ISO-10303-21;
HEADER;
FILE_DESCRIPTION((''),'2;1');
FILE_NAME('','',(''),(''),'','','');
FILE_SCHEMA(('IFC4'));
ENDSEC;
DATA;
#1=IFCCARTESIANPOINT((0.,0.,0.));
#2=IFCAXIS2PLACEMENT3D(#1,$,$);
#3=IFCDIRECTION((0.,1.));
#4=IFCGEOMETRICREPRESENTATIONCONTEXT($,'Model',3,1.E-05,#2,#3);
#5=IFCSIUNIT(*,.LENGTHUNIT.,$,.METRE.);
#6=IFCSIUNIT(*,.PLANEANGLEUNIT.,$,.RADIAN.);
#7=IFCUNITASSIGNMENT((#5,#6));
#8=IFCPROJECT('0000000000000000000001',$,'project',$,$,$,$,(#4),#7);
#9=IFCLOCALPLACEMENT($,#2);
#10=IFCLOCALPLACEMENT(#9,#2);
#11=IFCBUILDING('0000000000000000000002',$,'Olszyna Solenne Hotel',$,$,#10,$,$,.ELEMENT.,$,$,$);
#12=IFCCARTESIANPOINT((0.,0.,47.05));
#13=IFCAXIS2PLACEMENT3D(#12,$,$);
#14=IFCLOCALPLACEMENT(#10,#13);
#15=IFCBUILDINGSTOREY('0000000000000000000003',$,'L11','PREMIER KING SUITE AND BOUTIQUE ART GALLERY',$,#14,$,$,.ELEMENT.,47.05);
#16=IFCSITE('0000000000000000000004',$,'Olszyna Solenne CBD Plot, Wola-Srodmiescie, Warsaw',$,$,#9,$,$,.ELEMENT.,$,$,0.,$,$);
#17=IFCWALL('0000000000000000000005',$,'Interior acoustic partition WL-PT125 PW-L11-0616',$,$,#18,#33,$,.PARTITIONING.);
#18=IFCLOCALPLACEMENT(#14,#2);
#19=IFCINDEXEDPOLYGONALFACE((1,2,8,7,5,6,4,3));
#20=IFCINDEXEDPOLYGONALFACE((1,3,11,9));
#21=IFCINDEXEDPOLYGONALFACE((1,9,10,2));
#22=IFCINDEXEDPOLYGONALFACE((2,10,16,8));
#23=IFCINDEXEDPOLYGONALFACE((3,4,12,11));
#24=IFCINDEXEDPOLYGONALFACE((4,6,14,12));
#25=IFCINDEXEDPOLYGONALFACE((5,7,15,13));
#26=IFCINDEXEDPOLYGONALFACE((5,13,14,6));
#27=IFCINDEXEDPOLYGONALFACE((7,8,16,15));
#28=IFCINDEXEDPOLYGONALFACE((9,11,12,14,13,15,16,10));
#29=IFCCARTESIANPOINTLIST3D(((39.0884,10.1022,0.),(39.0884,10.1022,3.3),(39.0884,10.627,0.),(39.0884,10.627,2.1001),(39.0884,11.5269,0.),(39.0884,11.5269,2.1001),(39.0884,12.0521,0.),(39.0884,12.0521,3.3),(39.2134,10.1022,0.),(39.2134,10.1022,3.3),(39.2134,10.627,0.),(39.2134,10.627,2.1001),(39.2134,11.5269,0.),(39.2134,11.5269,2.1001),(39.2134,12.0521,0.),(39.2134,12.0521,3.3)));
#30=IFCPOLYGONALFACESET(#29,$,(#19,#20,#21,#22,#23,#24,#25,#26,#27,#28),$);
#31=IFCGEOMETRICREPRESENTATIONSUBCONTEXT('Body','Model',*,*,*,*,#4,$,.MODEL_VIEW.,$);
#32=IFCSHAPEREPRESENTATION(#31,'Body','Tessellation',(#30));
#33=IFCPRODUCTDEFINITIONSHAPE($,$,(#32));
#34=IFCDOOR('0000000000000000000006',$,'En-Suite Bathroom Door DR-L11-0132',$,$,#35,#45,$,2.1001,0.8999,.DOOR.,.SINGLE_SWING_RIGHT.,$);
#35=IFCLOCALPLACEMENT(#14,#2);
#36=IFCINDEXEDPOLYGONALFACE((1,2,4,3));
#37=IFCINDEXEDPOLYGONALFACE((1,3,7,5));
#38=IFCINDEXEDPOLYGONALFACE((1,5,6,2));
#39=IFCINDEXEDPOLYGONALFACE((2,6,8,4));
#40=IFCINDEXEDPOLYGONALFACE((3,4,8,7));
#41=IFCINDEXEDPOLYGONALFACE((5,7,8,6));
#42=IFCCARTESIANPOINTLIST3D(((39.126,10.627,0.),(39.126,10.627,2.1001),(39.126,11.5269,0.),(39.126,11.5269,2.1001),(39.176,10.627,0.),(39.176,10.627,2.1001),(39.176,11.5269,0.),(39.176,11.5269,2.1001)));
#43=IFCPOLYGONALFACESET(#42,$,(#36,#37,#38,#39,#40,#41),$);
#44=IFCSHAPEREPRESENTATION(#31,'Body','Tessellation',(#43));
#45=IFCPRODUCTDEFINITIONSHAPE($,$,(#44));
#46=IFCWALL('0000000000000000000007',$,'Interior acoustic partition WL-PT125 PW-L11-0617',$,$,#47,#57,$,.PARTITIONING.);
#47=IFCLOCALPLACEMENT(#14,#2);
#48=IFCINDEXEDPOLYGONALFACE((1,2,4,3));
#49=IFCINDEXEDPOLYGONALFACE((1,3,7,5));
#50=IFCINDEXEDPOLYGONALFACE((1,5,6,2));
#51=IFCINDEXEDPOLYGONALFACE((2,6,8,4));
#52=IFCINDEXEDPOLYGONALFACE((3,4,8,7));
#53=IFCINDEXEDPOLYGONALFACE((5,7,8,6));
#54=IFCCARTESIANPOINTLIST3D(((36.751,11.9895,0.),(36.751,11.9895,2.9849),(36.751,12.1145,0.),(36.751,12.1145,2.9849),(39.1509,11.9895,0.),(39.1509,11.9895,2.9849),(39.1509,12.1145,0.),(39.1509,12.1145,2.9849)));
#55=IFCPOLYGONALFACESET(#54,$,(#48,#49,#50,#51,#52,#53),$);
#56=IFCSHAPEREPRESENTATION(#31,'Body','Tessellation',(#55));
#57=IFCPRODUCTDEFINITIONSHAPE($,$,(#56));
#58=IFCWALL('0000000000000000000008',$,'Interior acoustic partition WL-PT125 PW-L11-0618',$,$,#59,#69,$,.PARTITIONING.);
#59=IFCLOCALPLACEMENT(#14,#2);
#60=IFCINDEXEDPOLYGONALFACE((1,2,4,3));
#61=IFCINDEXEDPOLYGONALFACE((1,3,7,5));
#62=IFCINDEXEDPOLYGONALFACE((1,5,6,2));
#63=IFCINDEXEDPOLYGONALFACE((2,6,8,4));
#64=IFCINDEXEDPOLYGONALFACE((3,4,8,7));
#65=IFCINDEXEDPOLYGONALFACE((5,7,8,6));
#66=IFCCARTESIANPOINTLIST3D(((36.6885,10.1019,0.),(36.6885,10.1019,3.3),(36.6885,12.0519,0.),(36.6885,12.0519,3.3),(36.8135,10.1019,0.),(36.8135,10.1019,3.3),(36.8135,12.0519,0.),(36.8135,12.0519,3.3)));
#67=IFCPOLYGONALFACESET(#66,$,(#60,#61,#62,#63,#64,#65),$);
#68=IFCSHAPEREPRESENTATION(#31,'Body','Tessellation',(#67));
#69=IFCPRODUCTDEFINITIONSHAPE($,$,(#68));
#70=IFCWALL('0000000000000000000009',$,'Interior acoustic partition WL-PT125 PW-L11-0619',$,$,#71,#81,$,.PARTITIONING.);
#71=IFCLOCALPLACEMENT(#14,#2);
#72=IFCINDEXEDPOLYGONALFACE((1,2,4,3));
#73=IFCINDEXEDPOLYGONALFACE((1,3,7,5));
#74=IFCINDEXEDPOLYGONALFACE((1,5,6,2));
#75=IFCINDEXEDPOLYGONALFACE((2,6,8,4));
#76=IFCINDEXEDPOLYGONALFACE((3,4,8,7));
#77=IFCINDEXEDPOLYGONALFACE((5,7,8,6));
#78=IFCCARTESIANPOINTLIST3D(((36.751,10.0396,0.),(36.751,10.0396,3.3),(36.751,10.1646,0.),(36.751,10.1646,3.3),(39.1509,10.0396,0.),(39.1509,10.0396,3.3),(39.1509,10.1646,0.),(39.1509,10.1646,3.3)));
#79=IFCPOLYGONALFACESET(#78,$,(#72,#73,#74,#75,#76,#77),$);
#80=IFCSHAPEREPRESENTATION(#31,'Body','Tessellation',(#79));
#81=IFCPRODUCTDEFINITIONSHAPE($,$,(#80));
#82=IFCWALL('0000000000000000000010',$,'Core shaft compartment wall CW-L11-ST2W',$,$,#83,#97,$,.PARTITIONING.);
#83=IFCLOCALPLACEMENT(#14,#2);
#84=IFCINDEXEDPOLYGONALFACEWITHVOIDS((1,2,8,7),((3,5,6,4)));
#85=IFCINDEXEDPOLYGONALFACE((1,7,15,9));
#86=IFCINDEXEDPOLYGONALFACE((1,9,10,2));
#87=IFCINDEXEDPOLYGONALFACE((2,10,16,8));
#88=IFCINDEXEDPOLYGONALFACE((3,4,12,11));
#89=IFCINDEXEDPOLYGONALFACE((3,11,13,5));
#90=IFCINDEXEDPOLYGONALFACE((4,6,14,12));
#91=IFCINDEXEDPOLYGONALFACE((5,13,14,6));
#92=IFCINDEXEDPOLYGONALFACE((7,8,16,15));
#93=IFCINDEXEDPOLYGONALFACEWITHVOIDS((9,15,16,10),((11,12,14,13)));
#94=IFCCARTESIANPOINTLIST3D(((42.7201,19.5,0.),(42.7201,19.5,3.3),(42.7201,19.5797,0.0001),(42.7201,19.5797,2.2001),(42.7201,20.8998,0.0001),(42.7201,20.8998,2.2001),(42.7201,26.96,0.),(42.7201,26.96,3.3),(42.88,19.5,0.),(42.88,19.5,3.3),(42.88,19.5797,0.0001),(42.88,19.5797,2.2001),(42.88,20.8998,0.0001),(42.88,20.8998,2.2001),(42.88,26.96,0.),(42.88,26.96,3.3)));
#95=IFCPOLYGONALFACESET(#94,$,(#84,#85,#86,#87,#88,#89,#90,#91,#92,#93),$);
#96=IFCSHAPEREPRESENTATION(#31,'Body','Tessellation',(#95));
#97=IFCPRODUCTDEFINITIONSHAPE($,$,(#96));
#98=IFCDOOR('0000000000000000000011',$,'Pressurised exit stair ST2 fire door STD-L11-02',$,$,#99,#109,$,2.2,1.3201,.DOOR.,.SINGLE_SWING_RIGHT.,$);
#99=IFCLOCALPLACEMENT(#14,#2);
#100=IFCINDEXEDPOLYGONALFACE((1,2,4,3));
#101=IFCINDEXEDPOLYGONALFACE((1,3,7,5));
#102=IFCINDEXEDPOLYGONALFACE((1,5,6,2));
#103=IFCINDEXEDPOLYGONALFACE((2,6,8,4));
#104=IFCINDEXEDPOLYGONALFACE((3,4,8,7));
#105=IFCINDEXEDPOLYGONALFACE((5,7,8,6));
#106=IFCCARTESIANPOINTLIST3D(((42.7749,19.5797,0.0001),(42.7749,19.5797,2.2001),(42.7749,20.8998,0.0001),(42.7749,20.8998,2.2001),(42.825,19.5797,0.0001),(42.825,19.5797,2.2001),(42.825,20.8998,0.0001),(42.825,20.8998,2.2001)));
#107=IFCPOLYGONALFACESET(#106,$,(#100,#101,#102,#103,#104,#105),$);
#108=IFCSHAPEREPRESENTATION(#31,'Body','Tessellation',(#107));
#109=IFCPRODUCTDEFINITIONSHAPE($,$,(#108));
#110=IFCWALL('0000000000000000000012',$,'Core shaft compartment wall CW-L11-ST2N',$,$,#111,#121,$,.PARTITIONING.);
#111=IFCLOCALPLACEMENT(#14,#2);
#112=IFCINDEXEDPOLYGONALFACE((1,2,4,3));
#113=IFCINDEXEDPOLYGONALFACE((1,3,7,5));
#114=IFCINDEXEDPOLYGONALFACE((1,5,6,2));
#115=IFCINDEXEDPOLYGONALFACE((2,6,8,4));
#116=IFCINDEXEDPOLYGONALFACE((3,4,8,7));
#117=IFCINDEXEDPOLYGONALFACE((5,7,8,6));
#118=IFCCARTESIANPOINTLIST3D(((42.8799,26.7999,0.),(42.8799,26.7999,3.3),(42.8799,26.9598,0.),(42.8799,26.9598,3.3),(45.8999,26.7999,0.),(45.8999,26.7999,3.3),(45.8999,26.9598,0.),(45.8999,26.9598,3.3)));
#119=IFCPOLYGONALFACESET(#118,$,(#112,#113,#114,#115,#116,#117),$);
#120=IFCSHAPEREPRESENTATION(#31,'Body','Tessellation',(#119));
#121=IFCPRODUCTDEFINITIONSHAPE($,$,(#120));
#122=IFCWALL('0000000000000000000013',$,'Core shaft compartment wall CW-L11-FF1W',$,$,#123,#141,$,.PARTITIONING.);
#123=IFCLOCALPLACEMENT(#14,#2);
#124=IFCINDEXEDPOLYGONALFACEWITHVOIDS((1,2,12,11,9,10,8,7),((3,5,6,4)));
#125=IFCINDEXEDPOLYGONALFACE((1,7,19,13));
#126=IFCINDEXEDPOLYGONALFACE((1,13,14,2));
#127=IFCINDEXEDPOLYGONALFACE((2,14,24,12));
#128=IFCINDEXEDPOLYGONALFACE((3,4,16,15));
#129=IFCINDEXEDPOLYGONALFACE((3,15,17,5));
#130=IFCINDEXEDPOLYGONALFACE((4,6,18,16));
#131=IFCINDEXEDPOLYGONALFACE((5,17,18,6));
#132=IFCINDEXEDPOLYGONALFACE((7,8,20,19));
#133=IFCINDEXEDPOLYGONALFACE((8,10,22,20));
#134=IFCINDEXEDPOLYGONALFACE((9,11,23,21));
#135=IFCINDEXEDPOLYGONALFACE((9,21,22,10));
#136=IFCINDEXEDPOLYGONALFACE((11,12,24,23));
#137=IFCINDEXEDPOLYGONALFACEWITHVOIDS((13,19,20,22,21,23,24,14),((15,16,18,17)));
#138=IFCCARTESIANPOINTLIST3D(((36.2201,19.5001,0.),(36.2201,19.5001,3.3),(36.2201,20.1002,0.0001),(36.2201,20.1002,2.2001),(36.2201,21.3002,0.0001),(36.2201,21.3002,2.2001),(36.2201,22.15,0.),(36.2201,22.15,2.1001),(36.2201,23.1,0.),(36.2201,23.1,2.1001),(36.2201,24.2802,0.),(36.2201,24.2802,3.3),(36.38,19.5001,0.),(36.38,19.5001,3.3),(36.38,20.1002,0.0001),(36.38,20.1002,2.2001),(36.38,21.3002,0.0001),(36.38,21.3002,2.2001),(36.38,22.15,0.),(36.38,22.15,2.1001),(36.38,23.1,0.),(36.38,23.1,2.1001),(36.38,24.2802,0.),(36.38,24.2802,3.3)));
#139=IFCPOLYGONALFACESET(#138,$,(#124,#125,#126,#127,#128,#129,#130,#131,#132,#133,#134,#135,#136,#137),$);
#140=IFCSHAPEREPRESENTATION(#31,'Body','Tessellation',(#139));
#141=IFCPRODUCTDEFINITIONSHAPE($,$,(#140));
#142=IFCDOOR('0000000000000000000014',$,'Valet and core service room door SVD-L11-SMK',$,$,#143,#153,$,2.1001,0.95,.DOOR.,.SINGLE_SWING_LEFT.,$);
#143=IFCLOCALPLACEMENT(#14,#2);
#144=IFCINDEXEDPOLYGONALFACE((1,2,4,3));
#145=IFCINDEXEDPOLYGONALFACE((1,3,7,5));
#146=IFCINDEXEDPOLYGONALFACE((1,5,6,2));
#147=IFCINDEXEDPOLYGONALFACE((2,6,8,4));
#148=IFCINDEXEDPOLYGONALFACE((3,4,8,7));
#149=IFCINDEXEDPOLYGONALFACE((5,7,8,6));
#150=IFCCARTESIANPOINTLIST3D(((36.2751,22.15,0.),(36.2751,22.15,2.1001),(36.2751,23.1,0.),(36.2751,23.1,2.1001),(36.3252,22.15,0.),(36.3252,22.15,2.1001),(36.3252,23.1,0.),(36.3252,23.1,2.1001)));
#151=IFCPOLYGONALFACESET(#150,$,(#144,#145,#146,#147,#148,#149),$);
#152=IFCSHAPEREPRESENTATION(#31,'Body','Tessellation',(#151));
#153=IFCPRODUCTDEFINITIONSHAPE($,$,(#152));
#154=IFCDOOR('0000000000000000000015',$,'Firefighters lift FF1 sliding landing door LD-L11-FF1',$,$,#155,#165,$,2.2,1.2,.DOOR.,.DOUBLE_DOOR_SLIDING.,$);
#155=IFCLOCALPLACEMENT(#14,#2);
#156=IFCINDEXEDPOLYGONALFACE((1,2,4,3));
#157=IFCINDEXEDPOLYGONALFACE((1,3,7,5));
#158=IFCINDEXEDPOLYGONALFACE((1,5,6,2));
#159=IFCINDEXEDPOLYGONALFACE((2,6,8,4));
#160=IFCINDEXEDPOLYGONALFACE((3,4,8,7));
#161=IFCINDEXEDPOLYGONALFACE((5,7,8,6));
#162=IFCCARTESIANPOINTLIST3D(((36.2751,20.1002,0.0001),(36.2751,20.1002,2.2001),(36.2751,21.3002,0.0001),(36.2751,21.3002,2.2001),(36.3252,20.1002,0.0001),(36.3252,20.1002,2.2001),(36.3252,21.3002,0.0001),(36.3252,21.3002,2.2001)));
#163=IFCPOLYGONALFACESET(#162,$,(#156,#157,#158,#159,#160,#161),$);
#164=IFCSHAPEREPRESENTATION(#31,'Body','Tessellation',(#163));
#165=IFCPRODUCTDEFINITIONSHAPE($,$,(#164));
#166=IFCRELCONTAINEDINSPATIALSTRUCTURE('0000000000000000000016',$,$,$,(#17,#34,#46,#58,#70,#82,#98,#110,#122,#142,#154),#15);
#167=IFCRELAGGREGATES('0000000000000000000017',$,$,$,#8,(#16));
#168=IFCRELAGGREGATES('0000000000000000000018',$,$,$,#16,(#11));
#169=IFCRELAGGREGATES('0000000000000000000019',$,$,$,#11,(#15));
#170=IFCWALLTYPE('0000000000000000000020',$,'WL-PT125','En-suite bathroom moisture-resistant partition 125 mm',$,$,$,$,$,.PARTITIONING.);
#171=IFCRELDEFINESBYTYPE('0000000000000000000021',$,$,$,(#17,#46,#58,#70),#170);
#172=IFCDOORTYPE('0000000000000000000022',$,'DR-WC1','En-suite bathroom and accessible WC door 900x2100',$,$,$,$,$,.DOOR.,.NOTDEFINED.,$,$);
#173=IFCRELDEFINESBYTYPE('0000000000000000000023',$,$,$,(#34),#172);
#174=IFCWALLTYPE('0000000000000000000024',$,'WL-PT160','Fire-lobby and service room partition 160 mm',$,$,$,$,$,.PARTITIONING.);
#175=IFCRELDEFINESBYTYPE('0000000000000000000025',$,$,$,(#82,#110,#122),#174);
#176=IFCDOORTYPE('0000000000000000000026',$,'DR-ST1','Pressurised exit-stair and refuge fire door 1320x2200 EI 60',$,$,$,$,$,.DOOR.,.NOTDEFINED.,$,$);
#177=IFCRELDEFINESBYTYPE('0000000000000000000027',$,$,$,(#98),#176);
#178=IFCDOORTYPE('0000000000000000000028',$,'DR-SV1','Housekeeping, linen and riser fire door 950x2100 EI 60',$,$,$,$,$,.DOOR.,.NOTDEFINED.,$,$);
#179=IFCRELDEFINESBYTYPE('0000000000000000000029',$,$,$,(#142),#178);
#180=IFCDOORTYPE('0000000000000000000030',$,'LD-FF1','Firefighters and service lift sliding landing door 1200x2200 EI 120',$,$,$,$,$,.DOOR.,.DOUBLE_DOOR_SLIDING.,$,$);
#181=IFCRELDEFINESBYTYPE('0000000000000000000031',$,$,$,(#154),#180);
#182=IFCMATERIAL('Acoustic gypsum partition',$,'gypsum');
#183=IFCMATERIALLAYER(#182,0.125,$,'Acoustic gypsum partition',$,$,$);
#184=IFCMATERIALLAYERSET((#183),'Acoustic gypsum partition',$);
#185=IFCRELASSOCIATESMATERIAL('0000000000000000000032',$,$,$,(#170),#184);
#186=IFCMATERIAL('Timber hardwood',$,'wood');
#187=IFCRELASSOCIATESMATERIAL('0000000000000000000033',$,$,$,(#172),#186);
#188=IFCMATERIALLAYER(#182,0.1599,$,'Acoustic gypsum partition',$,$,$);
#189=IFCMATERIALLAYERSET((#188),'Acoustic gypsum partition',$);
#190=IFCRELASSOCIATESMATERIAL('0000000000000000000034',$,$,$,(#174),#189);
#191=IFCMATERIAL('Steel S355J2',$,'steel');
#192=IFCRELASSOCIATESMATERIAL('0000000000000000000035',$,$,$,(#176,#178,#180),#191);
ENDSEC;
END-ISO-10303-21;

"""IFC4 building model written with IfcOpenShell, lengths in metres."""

from ifc_helpers import new_model, si_unit, direction, frame, frame_2d, origin, place, context, subcontext, project, spatial, rectangle, extrude, source, transform, mapped, material, layer, layer_set, type_object, type_shapes, element, fill, save


model = new_model("IFC4")

# Units and contexts
model_context = context("Model", 3, precision=1e-05, world=origin(), true_north=direction((0.0, 1.0)))
body_context = subcontext(model_context, "Body", "Model", "MODEL_VIEW")
ifc_project = project(units=[si_unit("LENGTHUNIT", "METRE"), si_unit("PLANEANGLEUNIT", "RADIAN")], contexts=[model_context])

# Site, building, storey
site_placement = place(None, origin())
site = spatial("IfcSite", under=ifc_project, at=site_placement, Name="Olszyna Solenne CBD Plot, Wola-Srodmiescie, Warsaw", CompositionType="ELEMENT", RefElevation=0.0)
building_placement = place(site_placement, origin())
building = spatial("IfcBuilding", under=site, at=building_placement, Name="Olszyna Solenne Hotel", CompositionType="ELEMENT")
storey_placement = place(building_placement, frame((0.0, 0.0, 47.05)))
storey = spatial("IfcBuildingStorey", under=building, at=storey_placement, Name="L11", Description="PREMIER KING SUITE AND BOUTIQUE ART GALLERY", CompositionType="ELEMENT", Elevation=47.05)

# Shared definitions
ifc_material_1 = material(Name="Steel S355J2", Category="steel")

# Shared definitions
ifc_material_2 = material(Name="Acoustic gypsum partition", Category="gypsum")
ifc_layer_1 = layer(ifc_material_2, 0.125, Name="Acoustic gypsum partition")
ifc_layer_set_1 = layer_set([ifc_layer_1], Name="Acoustic gypsum partition")
wall_type_1 = type_object("IfcWallType", Name="WL-PT125", Description="En-suite bathroom moisture-resistant partition 125 mm", PredefinedType="PARTITIONING", material=ifc_layer_set_1)

# Shared definitions
ifc_material_3 = material(Name="Timber hardwood", Category="wood")
door_type_1 = type_object("IfcDoorType", Name="DR-WC1", Description="En-suite bathroom and accessible WC door 900x2100", OperationType="NOTDEFINED", PredefinedType="DOOR", material=ifc_material_3)
shared_shape_1 = source(origin(), body_context, "Body", "SweptSolid", [
    extrude(rectangle(XDim=0.8999, YDim=2.1001, at=frame_2d((0.45, 1.05))), frame((0.0, 0.0249, 0.0), z_axis=(0.0, -1.0, 0.0), x_axis=(1.0, 0.0, 0.0)), (0.0, 0.0, 1.0), 0.05),
])
type_shapes(door_type_1, [shared_shape_1])

# Wall, opening, door
wall_1_placement = place(storey_placement, frame((39.1509, 10.1021, 0.0), z_axis=(0.0, 0.0, 1.0), x_axis=(0.0, 1.0, 0.0)))
wall_1 = element("IfcWall", 1, at=wall_1_placement, inside=storey, type_object=wall_type_1, Name="Interior acoustic partition WL-PT125 PW-L11-0616", PredefinedType="PARTITIONING", context=body_context, shape_type="SweptSolid", body=[
    extrude(rectangle(XDim=1.95, YDim=0.125, at=frame_2d((0.9751, 0.0))), origin(), (0.0, 0.0, 1.0), 3.3),
])
opening_1_placement = place(wall_1_placement, frame((0.5249, 0.0, 0.0)))
opening_1 = element("IfcOpeningElement", 2, at=opening_1_placement, cuts=wall_1, PredefinedType="OPENING", context=body_context, shape_type="SweptSolid", body=[
    extrude(rectangle(XDim=0.8999, YDim=2.1001, at=frame_2d((0.45, 1.05))), frame((0.0, 0.0725, 0.0), z_axis=(0.0, -1.0, 0.0), x_axis=(1.0, 0.0, 0.0)), (0.0, 0.0, 1.0), 0.145),
])
door_1_placement = place(opening_1_placement, origin())
door_1 = element("IfcDoor", 3, at=door_1_placement, inside=storey, type_object=door_type_1, Name="En-Suite Bathroom Door DR-L11-0132", OperationType="SINGLE_SWING_RIGHT", OverallHeight=2.1001, OverallWidth=0.8999, PredefinedType="DOOR", context=body_context, shape_type="MappedRepresentation", body=[
    mapped(shared_shape_1, transform((0.0, 0.0, 0.0), x_axis=(1.0, 0.0, 0.0), y_axis=(0.0, 1.0, 0.0), z_axis=(0.0, 0.0, 1.0), scale=1.0)),
])
fill(opening_1, door_1)

# Walls
wall_2_placement = place(storey_placement, frame((39.1509, 12.052, 0.0), z_axis=(0.0, 0.0, 1.0), x_axis=(-1.0, 0.0, 0.0)))
element("IfcWall", 4, at=wall_2_placement, inside=storey, type_object=wall_type_1, Name="Interior acoustic partition WL-PT125 PW-L11-0617", PredefinedType="PARTITIONING", context=body_context, shape_type="SweptSolid", body=[
    extrude(rectangle(XDim=2.3999, YDim=0.125, at=frame_2d((1.2, 0.0))), origin(), (0.0, 0.0, 1.0), 2.9849),
])
wall_3_placement = place(storey_placement, frame((36.751, 12.052, 0.0), z_axis=(0.0, 0.0, 1.0), x_axis=(0.0, -1.0, 0.0)))
element("IfcWall", 5, at=wall_3_placement, inside=storey, type_object=wall_type_1, Name="Interior acoustic partition WL-PT125 PW-L11-0618", PredefinedType="PARTITIONING", context=body_context, shape_type="SweptSolid", body=[
    extrude(rectangle(XDim=1.95, YDim=0.125, at=frame_2d((0.9751, 0.0))), origin(), (0.0, 0.0, 1.0), 3.3),
])
wall_4_placement = place(storey_placement, frame((36.751, 10.1021, 0.0), z_axis=(0.0, 0.0, 1.0), x_axis=(1.0, 0.0, 0.0)))
element("IfcWall", 6, at=wall_4_placement, inside=storey, type_object=wall_type_1, Name="Interior acoustic partition WL-PT125 PW-L11-0619", PredefinedType="PARTITIONING", context=body_context, shape_type="SweptSolid", body=[
    extrude(rectangle(XDim=2.3999, YDim=0.125, at=frame_2d((1.2, 0.0))), origin(), (0.0, 0.0, 1.0), 3.3),
])

# Wall, opening, door
ifc_layer_2 = layer(ifc_material_2, 0.1599, Name="Acoustic gypsum partition")
ifc_layer_set_2 = layer_set([ifc_layer_2], Name="Acoustic gypsum partition")
wall_type_2 = type_object("IfcWallType", Name="WL-PT160", Description="Fire-lobby and service room partition 160 mm", PredefinedType="PARTITIONING", material=ifc_layer_set_2)
wall_5_placement = place(storey_placement, frame((42.8, 26.96, 0.0), z_axis=(0.0, 0.0, 1.0), x_axis=(0.0, -1.0, 0.0)))
wall_5 = element("IfcWall", 7, at=wall_5_placement, inside=storey, type_object=wall_type_2, Name="Core shaft compartment wall CW-L11-ST2W", PredefinedType="PARTITIONING", context=body_context, shape_type="SweptSolid", body=[
    extrude(rectangle(XDim=7.46, YDim=0.1599, at=frame_2d((3.73, 0.0))), origin(), (0.0, 0.0, 1.0), 3.3),
])
opening_2_placement = place(wall_5_placement, frame((6.0601, 0.0, 0.0)))
opening_2 = element("IfcOpeningElement", 8, at=opening_2_placement, cuts=wall_5, PredefinedType="OPENING", context=body_context, shape_type="SweptSolid", body=[
    extrude(rectangle(XDim=1.3201, YDim=2.2, at=frame_2d((0.6602, 1.1001))), frame((0.0, 0.0898, 0.0), z_axis=(0.0, -1.0, 0.0), x_axis=(1.0, 0.0, 0.0)), (0.0, 0.0, 1.0), 0.1799),
])
door_type_2 = type_object("IfcDoorType", Name="DR-ST1", Description="Pressurised exit-stair and refuge fire door 1320x2200 EI 60", OperationType="NOTDEFINED", PredefinedType="DOOR", material=ifc_material_1)
shared_shape_2 = source(origin(), body_context, "Body", "SweptSolid", [
    extrude(rectangle(XDim=1.3201, YDim=2.2, at=frame_2d((0.6602, 1.1001))), frame((0.0, 0.0249, 0.0), z_axis=(0.0, -1.0, 0.0), x_axis=(1.0, 0.0, 0.0)), (0.0, 0.0, 1.0), 0.05),
])
type_shapes(door_type_2, [shared_shape_2])
door_2_placement = place(opening_2_placement, origin())
door_2 = element("IfcDoor", 9, at=door_2_placement, inside=storey, type_object=door_type_2, Name="Pressurised exit stair ST2 fire door STD-L11-02", OperationType="SINGLE_SWING_RIGHT", OverallHeight=2.2, OverallWidth=1.3201, PredefinedType="DOOR", context=body_context, shape_type="MappedRepresentation", body=[
    mapped(shared_shape_2, transform((0.0, 0.0, 0.0), x_axis=(1.0, 0.0, 0.0), y_axis=(0.0, 1.0, 0.0), z_axis=(0.0, 0.0, 1.0), scale=1.0)),
])
fill(opening_2, door_2)

# Wall
wall_6_placement = place(storey_placement, frame((42.8799, 26.8799, 0.0), z_axis=(0.0, 0.0, 1.0), x_axis=(1.0, 0.0, 0.0)))
element("IfcWall", 10, at=wall_6_placement, inside=storey, type_object=wall_type_2, Name="Core shaft compartment wall CW-L11-ST2N", PredefinedType="PARTITIONING", context=body_context, shape_type="SweptSolid", body=[
    extrude(rectangle(XDim=3.02, YDim=0.1599, at=frame_2d((1.51, 0.0))), origin(), (0.0, 0.0, 1.0), 3.3),
])

# Wall, openings, doors
wall_7_placement = place(storey_placement, frame((36.3, 19.5, 0.0), z_axis=(0.0, 0.0, 1.0), x_axis=(0.0, 1.0, 0.0)))
wall_7 = element("IfcWall", 11, at=wall_7_placement, inside=storey, type_object=wall_type_2, Name="Core shaft compartment wall CW-L11-FF1W", PredefinedType="PARTITIONING", context=body_context, shape_type="SweptSolid", body=[
    extrude(rectangle(XDim=4.78, YDim=0.1599, at=frame_2d((2.3901, 0.0))), origin(), (0.0, 0.0, 1.0), 3.3),
])
opening_3_placement = place(wall_7_placement, frame((0.6001, 0.0, 0.0)))
opening_3 = element("IfcOpeningElement", 12, at=opening_3_placement, cuts=wall_7, PredefinedType="OPENING", context=body_context, shape_type="SweptSolid", body=[
    extrude(rectangle(XDim=1.2, YDim=2.2, at=frame_2d((0.6001, 1.1001))), frame((0.0, 0.0898, 0.0), z_axis=(0.0, -1.0, 0.0), x_axis=(1.0, 0.0, 0.0)), (0.0, 0.0, 1.0), 0.1799),
])
opening_4_placement = place(wall_7_placement, frame((2.6499, 0.0, 0.0)))
opening_4 = element("IfcOpeningElement", 13, at=opening_4_placement, cuts=wall_7, PredefinedType="OPENING", context=body_context, shape_type="SweptSolid", body=[
    extrude(rectangle(XDim=0.95, YDim=2.1001, at=frame_2d((0.4751, 1.05))), frame((0.0, 0.0898, 0.0), z_axis=(0.0, -1.0, 0.0), x_axis=(1.0, 0.0, 0.0)), (0.0, 0.0, 1.0), 0.1799),
])
door_type_3 = type_object("IfcDoorType", Name="DR-SV1", Description="Housekeeping, linen and riser fire door 950x2100 EI 60", OperationType="NOTDEFINED", PredefinedType="DOOR", material=ifc_material_1)
shared_shape_3 = source(origin(), body_context, "Body", "SweptSolid", [
    extrude(rectangle(XDim=0.95, YDim=2.1001, at=frame_2d((0.4751, 1.05))), frame((0.0, 0.0249, 0.0), z_axis=(0.0, -1.0, 0.0), x_axis=(1.0, 0.0, 0.0)), (0.0, 0.0, 1.0), 0.05),
])
type_shapes(door_type_3, [shared_shape_3])
door_3_placement = place(opening_4_placement, origin())
door_3 = element("IfcDoor", 14, at=door_3_placement, inside=storey, type_object=door_type_3, Name="Valet and core service room door SVD-L11-SMK", OperationType="SINGLE_SWING_LEFT", OverallHeight=2.1001, OverallWidth=0.95, PredefinedType="DOOR", context=body_context, shape_type="MappedRepresentation", body=[
    mapped(shared_shape_3, transform((0.0, 0.0, 0.0), x_axis=(1.0, 0.0, 0.0), y_axis=(0.0, 1.0, 0.0), z_axis=(0.0, 0.0, 1.0), scale=1.0)),
])
fill(opening_4, door_3)
door_type_4 = type_object("IfcDoorType", Name="LD-FF1", Description="Firefighters and service lift sliding landing door 1200x2200 EI 120", OperationType="DOUBLE_DOOR_SLIDING", PredefinedType="DOOR", material=ifc_material_1)
shared_shape_4 = source(origin(), body_context, "Body", "SweptSolid", [
    extrude(rectangle(XDim=1.2, YDim=2.2, at=frame_2d((0.6001, 1.1001))), frame((0.0, 0.0249, 0.0), z_axis=(0.0, -1.0, 0.0), x_axis=(1.0, 0.0, 0.0)), (0.0, 0.0, 1.0), 0.05),
])
type_shapes(door_type_4, [shared_shape_4])
door_4_placement = place(opening_3_placement, origin())
door_4 = element("IfcDoor", 15, at=door_4_placement, inside=storey, type_object=door_type_4, Name="Firefighters lift FF1 sliding landing door LD-L11-FF1", OperationType="DOUBLE_DOOR_SLIDING", OverallHeight=2.2, OverallWidth=1.2, PredefinedType="DOOR", context=body_context, shape_type="MappedRepresentation", body=[
    mapped(shared_shape_4, transform((0.0, 0.0, 0.0), x_axis=(1.0, 0.0, 0.0), y_axis=(0.0, 1.0, 0.0), z_axis=(0.0, 0.0, 1.0), scale=1.0)),
])
fill(opening_3, door_4)

save(model, "model.ifc")
